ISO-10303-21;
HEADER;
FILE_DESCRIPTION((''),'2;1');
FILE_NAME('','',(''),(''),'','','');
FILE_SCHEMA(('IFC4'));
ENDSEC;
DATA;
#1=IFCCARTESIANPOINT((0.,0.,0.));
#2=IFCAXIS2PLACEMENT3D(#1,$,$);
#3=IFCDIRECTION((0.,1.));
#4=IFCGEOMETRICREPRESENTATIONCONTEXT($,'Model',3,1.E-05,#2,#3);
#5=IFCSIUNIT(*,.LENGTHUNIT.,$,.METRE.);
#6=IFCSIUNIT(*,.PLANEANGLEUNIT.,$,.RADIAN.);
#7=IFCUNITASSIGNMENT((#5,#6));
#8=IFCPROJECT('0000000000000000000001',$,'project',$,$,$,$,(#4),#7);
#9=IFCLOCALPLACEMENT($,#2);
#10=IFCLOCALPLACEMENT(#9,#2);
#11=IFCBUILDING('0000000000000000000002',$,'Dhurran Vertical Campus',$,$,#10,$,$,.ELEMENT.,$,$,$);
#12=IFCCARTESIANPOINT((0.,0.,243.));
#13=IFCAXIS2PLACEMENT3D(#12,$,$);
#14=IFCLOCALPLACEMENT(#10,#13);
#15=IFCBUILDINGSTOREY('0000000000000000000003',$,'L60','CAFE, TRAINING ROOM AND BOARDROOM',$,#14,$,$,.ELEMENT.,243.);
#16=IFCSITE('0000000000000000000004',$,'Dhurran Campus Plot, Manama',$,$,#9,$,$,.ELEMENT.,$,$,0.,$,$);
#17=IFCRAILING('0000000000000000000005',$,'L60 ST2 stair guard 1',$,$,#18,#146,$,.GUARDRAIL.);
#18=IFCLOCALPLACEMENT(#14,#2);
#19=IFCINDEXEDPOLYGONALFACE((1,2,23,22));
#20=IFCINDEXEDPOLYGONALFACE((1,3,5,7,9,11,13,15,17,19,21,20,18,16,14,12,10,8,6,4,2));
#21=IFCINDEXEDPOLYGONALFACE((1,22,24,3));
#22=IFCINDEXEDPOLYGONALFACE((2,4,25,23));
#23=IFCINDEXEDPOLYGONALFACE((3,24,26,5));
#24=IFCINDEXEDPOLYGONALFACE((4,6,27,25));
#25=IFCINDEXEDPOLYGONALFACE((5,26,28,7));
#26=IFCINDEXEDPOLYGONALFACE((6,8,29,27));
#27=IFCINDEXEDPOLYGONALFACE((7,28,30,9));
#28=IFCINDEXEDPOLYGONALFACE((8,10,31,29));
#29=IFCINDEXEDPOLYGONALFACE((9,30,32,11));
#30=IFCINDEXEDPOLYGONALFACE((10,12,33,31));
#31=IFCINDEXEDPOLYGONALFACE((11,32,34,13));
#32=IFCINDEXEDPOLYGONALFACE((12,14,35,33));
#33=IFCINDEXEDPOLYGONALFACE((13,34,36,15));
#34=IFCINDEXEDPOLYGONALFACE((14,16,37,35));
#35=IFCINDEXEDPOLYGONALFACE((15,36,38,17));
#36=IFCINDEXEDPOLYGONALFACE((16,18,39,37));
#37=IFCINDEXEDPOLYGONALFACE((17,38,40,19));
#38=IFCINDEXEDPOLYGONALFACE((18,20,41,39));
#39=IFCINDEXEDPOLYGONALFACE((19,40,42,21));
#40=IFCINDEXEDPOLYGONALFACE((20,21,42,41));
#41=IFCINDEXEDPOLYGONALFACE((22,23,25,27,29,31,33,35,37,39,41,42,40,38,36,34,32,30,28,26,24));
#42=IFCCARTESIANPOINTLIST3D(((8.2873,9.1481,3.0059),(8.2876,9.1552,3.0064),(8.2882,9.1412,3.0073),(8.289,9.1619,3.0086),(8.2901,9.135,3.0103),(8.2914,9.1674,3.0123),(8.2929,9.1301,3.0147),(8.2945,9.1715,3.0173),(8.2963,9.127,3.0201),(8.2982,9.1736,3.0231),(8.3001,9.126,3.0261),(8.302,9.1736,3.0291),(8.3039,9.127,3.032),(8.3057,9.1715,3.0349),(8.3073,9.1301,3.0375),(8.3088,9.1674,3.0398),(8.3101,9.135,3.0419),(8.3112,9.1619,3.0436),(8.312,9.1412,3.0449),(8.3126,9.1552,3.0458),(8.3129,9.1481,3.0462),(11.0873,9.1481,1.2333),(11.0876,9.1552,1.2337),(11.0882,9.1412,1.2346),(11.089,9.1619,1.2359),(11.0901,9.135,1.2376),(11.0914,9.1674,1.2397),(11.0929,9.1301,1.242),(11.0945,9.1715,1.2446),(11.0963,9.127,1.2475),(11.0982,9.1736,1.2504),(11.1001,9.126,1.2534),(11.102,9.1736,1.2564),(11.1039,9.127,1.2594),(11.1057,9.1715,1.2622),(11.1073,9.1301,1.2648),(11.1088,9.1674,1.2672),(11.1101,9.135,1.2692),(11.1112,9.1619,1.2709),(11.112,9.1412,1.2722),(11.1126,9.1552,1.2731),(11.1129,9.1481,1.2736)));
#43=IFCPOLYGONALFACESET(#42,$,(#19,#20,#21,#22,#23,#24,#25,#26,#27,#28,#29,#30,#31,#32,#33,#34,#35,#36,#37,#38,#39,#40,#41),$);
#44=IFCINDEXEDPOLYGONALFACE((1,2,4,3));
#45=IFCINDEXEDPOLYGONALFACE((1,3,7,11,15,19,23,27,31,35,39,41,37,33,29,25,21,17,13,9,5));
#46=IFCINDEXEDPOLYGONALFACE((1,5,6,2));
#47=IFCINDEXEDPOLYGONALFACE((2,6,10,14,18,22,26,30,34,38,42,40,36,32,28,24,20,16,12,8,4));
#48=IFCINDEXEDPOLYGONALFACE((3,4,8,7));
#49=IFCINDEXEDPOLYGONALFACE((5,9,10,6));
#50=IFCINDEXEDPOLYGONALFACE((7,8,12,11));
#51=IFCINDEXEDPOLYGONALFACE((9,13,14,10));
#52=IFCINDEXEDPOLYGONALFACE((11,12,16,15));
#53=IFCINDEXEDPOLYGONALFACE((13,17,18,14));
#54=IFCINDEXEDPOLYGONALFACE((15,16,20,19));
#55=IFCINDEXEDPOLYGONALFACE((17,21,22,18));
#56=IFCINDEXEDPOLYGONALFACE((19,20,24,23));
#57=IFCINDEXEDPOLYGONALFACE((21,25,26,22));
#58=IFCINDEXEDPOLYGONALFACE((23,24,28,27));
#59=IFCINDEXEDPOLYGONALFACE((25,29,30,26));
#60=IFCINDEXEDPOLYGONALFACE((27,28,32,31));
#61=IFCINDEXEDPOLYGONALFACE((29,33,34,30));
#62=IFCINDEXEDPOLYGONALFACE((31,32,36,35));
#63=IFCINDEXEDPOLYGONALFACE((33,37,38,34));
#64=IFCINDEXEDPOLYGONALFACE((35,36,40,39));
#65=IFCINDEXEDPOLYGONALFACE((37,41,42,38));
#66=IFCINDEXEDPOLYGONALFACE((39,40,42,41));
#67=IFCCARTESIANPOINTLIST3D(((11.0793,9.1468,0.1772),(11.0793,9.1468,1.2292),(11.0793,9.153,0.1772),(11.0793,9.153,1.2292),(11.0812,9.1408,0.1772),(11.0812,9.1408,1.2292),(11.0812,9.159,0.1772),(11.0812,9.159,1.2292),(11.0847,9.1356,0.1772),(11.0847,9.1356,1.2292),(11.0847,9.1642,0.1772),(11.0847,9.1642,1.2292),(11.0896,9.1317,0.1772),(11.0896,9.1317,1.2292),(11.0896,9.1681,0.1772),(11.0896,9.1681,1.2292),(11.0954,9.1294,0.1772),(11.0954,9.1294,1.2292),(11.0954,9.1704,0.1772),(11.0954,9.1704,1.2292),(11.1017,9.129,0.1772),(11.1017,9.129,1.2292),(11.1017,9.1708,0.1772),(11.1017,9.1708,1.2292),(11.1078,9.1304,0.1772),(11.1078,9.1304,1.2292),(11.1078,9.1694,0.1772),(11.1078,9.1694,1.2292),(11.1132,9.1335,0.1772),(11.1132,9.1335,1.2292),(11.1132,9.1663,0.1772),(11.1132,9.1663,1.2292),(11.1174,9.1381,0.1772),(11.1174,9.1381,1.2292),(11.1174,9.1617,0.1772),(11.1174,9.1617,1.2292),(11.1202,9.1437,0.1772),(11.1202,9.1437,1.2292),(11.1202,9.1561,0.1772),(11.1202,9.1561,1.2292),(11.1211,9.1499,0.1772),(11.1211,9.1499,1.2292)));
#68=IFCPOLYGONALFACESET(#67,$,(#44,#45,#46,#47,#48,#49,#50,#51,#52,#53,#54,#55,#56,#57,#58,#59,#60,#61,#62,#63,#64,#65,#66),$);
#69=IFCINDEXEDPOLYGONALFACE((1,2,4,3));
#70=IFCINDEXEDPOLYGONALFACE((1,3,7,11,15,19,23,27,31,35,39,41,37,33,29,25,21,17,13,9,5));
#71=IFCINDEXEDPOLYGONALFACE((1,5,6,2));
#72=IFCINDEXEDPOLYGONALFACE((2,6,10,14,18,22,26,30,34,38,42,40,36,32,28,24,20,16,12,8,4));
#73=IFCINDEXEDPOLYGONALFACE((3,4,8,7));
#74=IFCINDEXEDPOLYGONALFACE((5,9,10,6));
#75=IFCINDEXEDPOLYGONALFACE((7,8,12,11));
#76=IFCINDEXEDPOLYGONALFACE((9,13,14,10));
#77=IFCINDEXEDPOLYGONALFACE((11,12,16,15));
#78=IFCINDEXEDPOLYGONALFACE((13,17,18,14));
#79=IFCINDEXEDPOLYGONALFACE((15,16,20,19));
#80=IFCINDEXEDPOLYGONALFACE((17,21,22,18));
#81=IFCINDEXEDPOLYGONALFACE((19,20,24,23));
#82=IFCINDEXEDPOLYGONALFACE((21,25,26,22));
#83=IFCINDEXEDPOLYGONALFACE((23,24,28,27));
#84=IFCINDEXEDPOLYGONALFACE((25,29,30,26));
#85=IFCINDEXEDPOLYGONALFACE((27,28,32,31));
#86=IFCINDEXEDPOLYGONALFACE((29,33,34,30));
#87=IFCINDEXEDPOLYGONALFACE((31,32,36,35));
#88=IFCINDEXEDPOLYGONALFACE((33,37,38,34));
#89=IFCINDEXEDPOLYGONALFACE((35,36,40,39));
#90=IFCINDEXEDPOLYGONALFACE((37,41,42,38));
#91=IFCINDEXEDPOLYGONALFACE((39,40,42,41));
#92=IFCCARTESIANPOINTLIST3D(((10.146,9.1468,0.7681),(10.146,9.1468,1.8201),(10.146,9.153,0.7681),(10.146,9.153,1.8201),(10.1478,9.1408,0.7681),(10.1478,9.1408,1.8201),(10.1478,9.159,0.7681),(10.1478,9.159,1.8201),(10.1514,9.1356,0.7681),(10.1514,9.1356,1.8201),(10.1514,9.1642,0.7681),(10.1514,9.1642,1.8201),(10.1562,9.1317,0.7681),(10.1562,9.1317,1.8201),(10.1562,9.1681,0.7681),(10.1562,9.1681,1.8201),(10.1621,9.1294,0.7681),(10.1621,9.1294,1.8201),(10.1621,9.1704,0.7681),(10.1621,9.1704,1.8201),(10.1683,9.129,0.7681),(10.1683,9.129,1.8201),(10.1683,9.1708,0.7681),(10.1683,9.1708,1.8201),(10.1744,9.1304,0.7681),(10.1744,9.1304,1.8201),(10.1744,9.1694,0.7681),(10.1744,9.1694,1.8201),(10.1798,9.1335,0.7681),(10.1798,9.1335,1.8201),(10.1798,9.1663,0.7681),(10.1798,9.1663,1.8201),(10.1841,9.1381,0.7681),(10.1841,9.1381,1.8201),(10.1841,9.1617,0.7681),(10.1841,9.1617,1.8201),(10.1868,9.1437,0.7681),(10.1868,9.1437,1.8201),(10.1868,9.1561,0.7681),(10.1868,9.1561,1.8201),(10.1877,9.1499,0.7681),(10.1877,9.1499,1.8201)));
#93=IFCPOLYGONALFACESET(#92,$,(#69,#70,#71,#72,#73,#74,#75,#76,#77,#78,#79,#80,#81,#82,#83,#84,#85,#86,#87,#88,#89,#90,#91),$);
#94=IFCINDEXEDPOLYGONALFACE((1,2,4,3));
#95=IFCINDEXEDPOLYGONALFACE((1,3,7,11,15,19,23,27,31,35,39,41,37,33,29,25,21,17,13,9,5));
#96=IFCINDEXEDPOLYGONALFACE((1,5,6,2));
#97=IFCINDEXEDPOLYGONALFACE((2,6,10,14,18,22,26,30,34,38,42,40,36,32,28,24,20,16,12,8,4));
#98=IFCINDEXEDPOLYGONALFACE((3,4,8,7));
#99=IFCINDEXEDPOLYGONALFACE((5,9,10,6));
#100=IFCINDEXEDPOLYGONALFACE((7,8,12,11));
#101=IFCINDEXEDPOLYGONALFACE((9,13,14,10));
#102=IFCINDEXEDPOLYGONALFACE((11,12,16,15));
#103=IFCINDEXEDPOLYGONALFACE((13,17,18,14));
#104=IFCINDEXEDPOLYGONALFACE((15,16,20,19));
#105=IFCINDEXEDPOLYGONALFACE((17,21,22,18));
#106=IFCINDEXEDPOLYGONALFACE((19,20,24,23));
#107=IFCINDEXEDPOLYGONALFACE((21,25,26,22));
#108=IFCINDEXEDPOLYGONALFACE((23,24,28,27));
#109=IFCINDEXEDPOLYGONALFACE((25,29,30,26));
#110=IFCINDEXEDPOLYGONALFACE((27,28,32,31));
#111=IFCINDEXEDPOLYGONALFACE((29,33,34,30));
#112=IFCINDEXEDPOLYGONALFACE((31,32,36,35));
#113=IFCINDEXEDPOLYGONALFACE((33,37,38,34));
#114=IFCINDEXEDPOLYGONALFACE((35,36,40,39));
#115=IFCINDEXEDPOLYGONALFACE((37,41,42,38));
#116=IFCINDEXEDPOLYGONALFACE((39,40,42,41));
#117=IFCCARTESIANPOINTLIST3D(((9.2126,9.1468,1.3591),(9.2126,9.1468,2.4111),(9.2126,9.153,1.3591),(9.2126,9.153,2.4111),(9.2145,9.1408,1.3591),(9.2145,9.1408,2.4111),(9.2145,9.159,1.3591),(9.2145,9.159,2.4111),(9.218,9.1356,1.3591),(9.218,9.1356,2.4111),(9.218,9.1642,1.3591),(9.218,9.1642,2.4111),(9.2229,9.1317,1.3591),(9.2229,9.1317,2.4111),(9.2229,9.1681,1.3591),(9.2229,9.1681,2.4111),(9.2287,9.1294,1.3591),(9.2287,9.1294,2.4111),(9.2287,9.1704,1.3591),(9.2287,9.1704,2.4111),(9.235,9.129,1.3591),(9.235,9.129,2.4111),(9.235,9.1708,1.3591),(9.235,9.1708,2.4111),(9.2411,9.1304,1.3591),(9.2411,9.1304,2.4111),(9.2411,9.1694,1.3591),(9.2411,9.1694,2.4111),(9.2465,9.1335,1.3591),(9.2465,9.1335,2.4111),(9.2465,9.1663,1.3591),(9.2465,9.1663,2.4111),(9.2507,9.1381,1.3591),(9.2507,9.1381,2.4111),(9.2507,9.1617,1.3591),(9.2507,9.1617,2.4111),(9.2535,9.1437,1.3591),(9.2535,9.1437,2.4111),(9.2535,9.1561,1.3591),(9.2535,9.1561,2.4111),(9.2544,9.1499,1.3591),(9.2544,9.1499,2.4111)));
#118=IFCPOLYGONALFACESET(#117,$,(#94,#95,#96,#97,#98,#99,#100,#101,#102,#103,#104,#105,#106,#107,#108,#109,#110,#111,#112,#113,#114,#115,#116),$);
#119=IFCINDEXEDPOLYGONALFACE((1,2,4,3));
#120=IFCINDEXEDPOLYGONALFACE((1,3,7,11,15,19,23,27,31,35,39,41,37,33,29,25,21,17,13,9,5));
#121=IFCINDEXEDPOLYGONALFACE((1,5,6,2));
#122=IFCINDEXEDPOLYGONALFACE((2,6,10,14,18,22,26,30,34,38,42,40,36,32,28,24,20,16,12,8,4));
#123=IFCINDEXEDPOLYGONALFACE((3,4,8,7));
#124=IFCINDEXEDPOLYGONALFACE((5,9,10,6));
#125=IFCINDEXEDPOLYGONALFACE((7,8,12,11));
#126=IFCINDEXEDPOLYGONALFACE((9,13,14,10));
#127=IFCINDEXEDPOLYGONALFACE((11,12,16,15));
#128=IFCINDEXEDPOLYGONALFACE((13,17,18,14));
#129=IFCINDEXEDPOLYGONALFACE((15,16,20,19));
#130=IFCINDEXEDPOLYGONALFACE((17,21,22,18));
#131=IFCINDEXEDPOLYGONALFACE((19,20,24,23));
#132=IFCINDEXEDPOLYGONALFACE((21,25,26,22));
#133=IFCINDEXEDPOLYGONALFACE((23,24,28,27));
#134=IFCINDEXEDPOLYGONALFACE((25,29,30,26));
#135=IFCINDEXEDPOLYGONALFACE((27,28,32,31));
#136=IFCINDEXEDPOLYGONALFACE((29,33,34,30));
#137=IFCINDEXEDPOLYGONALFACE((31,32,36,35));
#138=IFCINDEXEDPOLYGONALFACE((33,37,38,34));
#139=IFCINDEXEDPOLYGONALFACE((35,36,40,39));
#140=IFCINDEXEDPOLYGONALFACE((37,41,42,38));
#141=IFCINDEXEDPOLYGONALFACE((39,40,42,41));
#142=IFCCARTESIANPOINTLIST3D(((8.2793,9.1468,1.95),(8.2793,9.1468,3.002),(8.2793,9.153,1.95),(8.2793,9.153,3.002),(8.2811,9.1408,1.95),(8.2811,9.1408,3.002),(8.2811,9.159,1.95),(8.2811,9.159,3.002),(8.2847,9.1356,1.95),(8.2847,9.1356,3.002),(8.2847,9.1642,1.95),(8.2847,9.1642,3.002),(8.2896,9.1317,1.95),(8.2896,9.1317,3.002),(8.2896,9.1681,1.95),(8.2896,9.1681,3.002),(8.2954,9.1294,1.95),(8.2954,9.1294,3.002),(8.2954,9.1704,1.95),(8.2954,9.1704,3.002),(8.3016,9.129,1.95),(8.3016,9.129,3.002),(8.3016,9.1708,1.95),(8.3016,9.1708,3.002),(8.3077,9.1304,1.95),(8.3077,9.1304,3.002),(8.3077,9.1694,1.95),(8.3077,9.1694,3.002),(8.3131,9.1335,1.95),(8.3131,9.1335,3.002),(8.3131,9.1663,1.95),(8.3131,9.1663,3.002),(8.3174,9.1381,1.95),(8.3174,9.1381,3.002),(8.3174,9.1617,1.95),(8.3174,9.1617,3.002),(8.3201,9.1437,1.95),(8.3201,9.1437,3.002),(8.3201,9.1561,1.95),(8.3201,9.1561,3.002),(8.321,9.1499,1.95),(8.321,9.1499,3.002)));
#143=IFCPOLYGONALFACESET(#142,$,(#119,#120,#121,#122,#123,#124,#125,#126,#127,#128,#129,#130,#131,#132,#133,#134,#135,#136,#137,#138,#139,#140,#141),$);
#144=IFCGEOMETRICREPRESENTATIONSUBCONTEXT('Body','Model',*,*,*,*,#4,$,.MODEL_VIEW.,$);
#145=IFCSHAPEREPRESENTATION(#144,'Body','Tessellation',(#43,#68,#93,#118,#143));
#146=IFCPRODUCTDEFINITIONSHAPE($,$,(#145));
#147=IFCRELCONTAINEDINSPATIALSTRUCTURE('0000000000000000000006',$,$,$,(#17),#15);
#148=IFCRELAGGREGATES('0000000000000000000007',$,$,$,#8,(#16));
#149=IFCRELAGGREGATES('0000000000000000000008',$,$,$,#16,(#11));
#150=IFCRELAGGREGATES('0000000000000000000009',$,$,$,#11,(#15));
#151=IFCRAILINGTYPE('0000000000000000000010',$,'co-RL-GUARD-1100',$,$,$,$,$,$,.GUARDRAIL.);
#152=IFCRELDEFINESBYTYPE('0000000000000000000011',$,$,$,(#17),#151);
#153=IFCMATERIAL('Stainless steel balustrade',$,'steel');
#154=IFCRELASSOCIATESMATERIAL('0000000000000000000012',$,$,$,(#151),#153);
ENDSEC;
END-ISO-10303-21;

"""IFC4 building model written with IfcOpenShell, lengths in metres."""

from ifc_helpers import new_model, si_unit, direction, frame, origin, origin_2d, place, context, subcontext, project, spatial, circle, extrude, material, type_object, element, save


model = new_model("IFC4")

# Units and contexts
model_context = context("Model", 3, precision=1e-05, world=origin(), true_north=direction((0.0, 1.0)))
body_context = subcontext(model_context, "Body", "Model", "MODEL_VIEW")
ifc_project = project(units=[si_unit("LENGTHUNIT", "METRE"), si_unit("PLANEANGLEUNIT", "RADIAN")], contexts=[model_context])

# Site, building, storey
site_placement = place(None, origin())
site = spatial("IfcSite", under=ifc_project, at=site_placement, Name="Dhurran Campus Plot, Manama", CompositionType="ELEMENT", RefElevation=0.0)
building_placement = place(site_placement, origin())
building = spatial("IfcBuilding", under=site, at=building_placement, Name="Dhurran Vertical Campus", CompositionType="ELEMENT")
storey_placement = place(building_placement, frame((0.0, 0.0, 243.0)))
storey = spatial("IfcBuildingStorey", under=building, at=storey_placement, Name="L60", Description="CAFE, TRAINING ROOM AND BOARDROOM", CompositionType="ELEMENT", Elevation=243.0)

# Railing
ifc_material_1 = material(Name="Stainless steel balustrade", Category="steel")
railing_type = type_object("IfcRailingType", Name="co-RL-GUARD-1100", PredefinedType="GUARDRAIL", material=ifc_material_1)
railing_1_placement = place(storey_placement, frame((11.1001, 9.1499, 0.1772)))
element("IfcRailing", 1, at=railing_1_placement, inside=storey, type_object=railing_type, Name="L60 ST2 stair guard 1", PredefinedType="GUARDRAIL", context=body_context, shape_type="SweptSolid", body=[
    extrude(circle(Radius=0.0239, at=origin_2d()), frame((0.0, 0.0, 1.0762), z_axis=(-0.844909, 0.0, 0.53491), x_axis=(0.0, -1.0, 0.0)), (0.0, 0.0, 1.0), 3.314),
    extrude(circle(Radius=0.021, at=origin_2d()), origin(), (0.0, 0.0, 1.0), 1.052),
    extrude(circle(Radius=0.021, at=origin_2d()), frame((-0.9333, 0.0, 0.5908)), (0.0, 0.0, 1.0), 1.052),
    extrude(circle(Radius=0.021, at=origin_2d()), frame((-1.8667, 0.0, 1.1819)), (0.0, 0.0, 1.0), 1.052),
    extrude(circle(Radius=0.021, at=origin_2d()), frame((-2.8, 0.0, 1.7727)), (0.0, 0.0, 1.0), 1.052),
])

save(model, "model.ifc")
